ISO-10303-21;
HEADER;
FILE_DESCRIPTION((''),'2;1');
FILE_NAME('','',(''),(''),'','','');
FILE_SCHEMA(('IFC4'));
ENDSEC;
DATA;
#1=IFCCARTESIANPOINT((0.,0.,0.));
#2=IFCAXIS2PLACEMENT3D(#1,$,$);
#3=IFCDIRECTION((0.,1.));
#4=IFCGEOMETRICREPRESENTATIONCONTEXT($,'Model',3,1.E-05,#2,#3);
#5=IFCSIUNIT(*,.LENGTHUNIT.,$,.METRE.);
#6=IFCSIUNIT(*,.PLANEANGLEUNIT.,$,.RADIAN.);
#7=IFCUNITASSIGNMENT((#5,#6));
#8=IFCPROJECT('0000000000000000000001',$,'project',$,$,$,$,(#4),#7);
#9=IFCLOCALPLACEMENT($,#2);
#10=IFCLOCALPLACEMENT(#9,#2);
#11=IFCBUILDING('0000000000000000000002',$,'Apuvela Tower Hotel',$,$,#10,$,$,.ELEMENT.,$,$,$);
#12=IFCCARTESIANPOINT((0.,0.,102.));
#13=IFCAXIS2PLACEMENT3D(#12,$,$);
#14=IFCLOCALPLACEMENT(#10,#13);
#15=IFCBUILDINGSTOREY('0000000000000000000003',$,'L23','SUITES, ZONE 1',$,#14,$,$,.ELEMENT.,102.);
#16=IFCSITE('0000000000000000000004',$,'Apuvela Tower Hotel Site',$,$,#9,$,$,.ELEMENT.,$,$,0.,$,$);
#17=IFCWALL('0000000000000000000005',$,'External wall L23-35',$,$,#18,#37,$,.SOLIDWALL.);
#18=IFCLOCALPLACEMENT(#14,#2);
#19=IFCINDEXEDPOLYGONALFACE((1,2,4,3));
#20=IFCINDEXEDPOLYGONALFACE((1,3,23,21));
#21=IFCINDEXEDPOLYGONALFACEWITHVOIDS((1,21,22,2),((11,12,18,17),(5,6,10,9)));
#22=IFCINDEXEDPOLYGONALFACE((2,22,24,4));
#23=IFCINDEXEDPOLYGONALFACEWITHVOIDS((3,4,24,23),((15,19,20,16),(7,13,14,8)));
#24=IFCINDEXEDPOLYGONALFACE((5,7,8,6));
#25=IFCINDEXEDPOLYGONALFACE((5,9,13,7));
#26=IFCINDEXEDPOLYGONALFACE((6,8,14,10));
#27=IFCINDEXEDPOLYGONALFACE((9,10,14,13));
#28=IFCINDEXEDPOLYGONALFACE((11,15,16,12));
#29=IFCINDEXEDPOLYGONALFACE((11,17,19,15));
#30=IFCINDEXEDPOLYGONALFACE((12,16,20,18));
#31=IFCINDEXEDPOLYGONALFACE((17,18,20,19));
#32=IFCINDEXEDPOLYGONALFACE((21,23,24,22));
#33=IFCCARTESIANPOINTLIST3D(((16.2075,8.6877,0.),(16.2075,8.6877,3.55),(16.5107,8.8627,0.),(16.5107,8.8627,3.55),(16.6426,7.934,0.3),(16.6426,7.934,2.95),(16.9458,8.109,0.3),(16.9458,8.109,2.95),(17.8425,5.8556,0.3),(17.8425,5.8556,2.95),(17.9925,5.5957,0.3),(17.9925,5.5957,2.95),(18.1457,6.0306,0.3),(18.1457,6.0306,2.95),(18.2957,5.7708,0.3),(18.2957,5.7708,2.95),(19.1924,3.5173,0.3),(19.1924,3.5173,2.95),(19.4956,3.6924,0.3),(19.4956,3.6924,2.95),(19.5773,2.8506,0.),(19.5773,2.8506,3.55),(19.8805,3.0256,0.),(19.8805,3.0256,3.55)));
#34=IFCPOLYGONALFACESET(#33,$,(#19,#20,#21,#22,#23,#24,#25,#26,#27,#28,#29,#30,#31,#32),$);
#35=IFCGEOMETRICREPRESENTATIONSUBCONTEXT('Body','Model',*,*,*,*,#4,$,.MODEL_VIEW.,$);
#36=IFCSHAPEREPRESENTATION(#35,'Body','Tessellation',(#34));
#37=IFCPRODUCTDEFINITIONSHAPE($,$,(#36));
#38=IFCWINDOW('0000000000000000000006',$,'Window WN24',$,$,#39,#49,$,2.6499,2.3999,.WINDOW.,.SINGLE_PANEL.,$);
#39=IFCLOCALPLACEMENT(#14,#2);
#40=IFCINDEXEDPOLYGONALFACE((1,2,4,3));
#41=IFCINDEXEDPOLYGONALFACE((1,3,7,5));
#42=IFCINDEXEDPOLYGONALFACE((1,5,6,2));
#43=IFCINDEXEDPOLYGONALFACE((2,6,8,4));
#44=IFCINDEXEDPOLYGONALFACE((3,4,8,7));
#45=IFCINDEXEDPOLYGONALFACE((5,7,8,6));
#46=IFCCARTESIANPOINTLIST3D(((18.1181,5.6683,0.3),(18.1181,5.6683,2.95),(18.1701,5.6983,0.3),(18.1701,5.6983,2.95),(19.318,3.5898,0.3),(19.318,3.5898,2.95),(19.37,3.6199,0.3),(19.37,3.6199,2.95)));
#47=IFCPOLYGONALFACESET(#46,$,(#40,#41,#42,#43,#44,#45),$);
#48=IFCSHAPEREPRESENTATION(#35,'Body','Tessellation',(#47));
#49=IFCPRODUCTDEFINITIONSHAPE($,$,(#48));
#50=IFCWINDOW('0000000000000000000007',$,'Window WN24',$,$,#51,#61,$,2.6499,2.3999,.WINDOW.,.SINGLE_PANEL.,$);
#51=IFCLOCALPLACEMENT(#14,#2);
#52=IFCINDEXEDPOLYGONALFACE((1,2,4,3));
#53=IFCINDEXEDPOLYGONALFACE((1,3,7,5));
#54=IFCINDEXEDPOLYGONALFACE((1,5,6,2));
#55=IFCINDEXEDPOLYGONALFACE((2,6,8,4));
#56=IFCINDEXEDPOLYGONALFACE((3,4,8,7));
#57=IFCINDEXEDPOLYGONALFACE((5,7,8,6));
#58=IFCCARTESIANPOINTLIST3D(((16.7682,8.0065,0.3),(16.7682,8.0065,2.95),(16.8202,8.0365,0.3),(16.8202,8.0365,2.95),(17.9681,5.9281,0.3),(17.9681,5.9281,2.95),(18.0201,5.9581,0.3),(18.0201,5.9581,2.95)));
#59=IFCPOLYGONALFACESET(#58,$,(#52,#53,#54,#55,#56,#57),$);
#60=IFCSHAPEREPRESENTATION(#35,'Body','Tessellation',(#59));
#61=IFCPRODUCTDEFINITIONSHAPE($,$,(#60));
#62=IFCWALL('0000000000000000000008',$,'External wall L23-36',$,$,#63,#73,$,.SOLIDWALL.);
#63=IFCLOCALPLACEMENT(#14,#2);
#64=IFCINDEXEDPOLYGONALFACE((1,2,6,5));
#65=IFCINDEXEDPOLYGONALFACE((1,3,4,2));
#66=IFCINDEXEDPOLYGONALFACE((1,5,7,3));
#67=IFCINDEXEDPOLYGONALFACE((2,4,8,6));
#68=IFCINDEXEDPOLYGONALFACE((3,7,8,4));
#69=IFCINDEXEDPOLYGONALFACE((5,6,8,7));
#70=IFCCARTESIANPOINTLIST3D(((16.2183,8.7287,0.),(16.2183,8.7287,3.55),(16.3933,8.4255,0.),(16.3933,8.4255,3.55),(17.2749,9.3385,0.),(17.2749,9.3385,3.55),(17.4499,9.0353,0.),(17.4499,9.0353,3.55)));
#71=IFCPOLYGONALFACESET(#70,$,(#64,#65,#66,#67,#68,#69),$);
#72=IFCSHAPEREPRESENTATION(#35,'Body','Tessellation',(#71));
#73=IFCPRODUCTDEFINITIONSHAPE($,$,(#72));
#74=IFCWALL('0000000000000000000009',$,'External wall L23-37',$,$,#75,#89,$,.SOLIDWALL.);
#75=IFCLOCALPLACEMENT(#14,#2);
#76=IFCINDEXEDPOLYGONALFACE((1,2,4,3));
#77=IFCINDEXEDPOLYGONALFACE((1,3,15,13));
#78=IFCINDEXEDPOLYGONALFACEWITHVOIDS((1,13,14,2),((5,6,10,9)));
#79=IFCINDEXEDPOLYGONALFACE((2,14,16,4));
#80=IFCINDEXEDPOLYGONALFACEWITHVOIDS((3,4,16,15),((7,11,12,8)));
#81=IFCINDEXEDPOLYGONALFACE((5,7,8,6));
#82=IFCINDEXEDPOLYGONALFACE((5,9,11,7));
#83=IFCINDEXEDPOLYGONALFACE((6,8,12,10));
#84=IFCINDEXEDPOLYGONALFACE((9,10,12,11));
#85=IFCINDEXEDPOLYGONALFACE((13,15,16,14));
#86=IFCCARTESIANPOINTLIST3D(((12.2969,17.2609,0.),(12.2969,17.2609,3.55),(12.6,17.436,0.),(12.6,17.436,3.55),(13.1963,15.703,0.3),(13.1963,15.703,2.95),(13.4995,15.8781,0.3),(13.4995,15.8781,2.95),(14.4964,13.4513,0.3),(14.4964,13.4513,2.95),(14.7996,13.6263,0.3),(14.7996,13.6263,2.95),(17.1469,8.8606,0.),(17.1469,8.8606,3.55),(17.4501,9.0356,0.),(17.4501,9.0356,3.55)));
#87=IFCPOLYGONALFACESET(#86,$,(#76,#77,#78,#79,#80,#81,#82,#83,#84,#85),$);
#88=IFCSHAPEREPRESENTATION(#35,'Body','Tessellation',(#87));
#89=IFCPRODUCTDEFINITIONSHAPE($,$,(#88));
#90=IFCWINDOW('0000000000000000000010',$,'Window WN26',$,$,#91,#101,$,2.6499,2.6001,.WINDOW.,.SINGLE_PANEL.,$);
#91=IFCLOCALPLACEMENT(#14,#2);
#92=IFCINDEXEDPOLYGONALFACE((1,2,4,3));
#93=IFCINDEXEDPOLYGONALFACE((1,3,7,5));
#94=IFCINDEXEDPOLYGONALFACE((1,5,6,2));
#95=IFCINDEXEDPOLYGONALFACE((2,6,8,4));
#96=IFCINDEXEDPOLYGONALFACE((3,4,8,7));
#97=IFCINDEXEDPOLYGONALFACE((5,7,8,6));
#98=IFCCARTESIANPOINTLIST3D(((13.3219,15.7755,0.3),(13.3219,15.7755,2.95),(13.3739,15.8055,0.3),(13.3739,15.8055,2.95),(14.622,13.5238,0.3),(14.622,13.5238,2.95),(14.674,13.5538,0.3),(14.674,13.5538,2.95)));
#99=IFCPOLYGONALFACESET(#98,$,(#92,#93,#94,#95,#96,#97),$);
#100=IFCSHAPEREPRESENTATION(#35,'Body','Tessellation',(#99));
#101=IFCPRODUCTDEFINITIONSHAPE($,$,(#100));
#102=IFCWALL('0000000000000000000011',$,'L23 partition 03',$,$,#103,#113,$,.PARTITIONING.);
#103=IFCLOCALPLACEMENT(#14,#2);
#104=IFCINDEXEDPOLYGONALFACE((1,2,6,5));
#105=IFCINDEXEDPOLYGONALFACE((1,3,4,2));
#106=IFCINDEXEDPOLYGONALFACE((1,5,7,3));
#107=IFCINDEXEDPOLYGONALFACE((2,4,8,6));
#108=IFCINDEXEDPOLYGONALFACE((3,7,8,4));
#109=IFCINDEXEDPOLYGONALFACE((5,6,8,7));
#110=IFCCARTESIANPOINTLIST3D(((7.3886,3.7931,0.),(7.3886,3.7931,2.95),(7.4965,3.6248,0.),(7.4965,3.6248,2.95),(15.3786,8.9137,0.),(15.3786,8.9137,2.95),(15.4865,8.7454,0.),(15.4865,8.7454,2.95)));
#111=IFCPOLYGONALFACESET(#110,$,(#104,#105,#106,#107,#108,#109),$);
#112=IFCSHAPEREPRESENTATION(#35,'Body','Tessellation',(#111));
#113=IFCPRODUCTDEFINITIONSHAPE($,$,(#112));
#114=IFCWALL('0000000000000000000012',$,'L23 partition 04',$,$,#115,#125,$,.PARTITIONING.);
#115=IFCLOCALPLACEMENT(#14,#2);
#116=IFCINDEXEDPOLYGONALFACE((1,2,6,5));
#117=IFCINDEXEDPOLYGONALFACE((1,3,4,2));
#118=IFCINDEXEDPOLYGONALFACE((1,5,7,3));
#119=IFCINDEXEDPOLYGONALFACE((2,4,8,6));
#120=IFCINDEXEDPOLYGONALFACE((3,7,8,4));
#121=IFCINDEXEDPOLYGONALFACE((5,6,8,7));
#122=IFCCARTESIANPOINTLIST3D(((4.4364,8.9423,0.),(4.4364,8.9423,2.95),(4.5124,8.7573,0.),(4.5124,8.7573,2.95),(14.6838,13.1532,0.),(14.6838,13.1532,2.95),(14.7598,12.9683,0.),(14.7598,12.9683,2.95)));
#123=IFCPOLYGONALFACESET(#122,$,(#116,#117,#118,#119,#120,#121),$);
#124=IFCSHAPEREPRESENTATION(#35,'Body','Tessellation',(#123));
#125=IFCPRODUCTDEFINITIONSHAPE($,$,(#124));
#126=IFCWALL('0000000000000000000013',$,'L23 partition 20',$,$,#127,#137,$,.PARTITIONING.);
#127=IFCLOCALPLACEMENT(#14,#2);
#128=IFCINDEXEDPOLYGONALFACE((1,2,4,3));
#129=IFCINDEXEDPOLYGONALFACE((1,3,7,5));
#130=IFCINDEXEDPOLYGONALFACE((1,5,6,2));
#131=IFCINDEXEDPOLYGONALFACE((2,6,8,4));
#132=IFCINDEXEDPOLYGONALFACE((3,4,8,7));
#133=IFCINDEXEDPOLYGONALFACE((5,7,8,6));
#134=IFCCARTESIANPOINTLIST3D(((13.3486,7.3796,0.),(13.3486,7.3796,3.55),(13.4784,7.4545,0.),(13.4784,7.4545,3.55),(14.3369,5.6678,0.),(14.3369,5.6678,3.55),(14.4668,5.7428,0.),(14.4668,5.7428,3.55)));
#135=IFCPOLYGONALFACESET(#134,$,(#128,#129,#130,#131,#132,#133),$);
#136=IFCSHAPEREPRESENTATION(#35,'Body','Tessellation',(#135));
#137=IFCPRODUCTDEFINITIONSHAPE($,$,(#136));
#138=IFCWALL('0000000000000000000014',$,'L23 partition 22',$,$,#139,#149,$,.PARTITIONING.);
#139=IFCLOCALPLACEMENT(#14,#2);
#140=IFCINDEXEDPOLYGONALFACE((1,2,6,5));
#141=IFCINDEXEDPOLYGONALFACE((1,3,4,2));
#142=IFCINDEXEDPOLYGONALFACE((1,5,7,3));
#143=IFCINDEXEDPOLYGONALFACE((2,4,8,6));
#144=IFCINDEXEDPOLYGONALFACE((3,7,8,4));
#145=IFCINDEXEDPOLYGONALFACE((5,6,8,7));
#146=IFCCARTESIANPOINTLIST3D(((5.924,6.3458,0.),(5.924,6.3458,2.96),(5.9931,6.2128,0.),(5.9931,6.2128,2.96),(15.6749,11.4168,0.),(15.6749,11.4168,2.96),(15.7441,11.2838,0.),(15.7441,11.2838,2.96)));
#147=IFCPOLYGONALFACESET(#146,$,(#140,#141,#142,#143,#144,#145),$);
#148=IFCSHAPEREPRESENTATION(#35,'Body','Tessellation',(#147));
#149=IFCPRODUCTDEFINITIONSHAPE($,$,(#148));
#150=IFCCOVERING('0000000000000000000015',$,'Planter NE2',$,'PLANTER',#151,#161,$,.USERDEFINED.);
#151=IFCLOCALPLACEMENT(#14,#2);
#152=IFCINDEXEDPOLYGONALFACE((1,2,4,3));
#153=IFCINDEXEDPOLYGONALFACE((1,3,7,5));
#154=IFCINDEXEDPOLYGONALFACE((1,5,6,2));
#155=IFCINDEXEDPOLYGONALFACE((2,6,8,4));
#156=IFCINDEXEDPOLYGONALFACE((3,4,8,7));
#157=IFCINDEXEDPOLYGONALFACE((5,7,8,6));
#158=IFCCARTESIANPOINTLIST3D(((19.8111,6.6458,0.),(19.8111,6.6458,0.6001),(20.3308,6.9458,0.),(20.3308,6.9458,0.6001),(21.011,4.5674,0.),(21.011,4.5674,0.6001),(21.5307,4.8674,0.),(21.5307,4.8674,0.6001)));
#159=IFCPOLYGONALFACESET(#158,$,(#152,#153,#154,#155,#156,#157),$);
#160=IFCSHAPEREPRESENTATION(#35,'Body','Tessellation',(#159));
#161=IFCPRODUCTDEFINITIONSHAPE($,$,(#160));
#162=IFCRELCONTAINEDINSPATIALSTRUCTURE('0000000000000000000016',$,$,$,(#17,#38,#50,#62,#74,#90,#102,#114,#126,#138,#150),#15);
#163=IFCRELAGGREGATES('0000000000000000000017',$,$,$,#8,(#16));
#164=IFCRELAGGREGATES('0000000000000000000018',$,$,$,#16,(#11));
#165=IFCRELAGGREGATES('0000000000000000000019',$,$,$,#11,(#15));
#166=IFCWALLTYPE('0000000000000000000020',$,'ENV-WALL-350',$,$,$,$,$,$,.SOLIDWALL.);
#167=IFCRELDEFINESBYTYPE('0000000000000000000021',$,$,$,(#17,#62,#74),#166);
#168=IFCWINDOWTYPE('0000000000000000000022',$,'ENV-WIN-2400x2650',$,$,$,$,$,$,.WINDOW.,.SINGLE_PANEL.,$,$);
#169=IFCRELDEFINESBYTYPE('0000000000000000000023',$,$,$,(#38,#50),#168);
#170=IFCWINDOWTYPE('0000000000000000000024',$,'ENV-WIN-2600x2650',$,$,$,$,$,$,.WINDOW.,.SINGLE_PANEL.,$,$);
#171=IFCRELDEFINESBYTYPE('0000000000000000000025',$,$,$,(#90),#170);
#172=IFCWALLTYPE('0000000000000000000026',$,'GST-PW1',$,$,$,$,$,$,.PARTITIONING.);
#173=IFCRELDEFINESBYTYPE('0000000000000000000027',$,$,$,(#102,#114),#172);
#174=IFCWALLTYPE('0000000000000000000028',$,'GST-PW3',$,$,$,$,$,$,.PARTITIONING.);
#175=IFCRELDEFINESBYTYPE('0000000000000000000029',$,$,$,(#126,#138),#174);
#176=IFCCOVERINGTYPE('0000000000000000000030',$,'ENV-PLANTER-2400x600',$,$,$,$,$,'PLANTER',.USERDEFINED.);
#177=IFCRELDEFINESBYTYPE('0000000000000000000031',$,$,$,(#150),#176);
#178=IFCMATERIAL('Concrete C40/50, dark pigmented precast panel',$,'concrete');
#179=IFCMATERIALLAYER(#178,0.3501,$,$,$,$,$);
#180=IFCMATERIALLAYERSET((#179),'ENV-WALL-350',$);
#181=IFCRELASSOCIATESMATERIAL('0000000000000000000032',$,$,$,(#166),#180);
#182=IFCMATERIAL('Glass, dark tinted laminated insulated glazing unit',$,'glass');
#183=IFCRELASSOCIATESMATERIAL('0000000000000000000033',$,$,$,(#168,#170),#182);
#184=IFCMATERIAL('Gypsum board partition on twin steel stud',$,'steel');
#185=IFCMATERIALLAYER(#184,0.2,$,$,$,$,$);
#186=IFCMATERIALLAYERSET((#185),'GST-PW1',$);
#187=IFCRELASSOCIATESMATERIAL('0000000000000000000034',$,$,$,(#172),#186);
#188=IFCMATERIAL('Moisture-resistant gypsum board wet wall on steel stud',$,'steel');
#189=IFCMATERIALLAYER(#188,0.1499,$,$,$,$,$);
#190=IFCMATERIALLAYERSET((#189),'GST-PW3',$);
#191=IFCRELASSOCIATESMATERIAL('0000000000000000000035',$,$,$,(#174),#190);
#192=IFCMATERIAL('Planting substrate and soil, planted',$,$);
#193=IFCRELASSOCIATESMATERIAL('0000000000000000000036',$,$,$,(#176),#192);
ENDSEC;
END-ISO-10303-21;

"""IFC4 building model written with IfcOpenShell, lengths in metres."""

from ifc_helpers import new_model, si_unit, direction, frame, frame_2d, origin, origin_2d, place, context, subcontext, project, spatial, rectangle, extrude, material, layer, layer_set, type_object, element, fill, save


model = new_model("IFC4")

# Units and contexts
model_context = context("Model", 3, precision=1e-05, world=origin(), true_north=direction((0.0, 1.0)))
body_context = subcontext(model_context, "Body", "Model", "MODEL_VIEW")
ifc_project = project(units=[si_unit("LENGTHUNIT", "METRE"), si_unit("PLANEANGLEUNIT", "RADIAN")], contexts=[model_context])

# Site, building, storey
site_placement = place(None, origin())
site = spatial("IfcSite", under=ifc_project, at=site_placement, Name="Apuvela Tower Hotel Site", CompositionType="ELEMENT", RefElevation=0.0)
building_placement = place(site_placement, origin())
building = spatial("IfcBuilding", under=site, at=building_placement, Name="Apuvela Tower Hotel", CompositionType="ELEMENT")
storey_placement = place(building_placement, frame((0.0, 0.0, 102.0)))
storey = spatial("IfcBuildingStorey", under=building, at=storey_placement, Name="L23", Description="SUITES, ZONE 1", CompositionType="ELEMENT", Elevation=102.0)

# Shared definitions
ifc_material_1 = material(Name="Concrete C40/50, dark pigmented precast panel", Category="concrete")
ifc_layer_1 = layer(ifc_material_1, 0.3501)
ifc_layer_set_1 = layer_set([ifc_layer_1], Name="ENV-WALL-350")
wall_type_1 = type_object("IfcWallType", Name="ENV-WALL-350", PredefinedType="SOLIDWALL", material=ifc_layer_set_1)

# Wall, openings, windows
wall_1_placement = place(storey_placement, frame((19.729, 2.938, 0.0), z_axis=(0.0, 0.0, 1.0), x_axis=(-0.499976, 0.866039, 0.0)))
wall_1 = element("IfcWall", 1, at=wall_1_placement, inside=storey, type_object=wall_type_1, Name="External wall L23-35", PredefinedType="SOLIDWALL", context=body_context, shape_type="SweptSolid", body=[
    extrude(rectangle(XDim=6.74, YDim=0.3501, at=frame_2d((3.3701, 0.0))), origin(), (0.0, 0.0, 1.0), 3.55),
])
opening_1_placement = place(wall_1_placement, frame((0.77, 0.0, 0.3)))
opening_1 = element("IfcOpeningElement", 2, at=opening_1_placement, cuts=wall_1, PredefinedType="OPENING", context=body_context, shape_type="SweptSolid", body=[
    extrude(rectangle(XDim=2.3999, YDim=2.6499, at=frame_2d((1.2, 1.325))), frame((0.0, 0.1851, 0.0), z_axis=(0.0, -1.0, 0.0), x_axis=(1.0, 0.0, 0.0)), (0.0, 0.0, 1.0), 0.3701),
])
opening_2_placement = place(wall_1_placement, frame((3.47, 0.0, 0.3)))
opening_2 = element("IfcOpeningElement", 3, at=opening_2_placement, cuts=wall_1, PredefinedType="OPENING", context=body_context, shape_type="SweptSolid", body=[
    extrude(rectangle(XDim=2.3999, YDim=2.6499, at=frame_2d((1.2, 1.325))), frame((0.0, 0.1851, 0.0), z_axis=(0.0, -1.0, 0.0), x_axis=(1.0, 0.0, 0.0)), (0.0, 0.0, 1.0), 0.3701),
])
ifc_material_2 = material(Name="Glass, dark tinted laminated insulated glazing unit", Category="glass")
window_type_1 = type_object("IfcWindowType", Name="ENV-WIN-2400x2650", PartitioningType="SINGLE_PANEL", PredefinedType="WINDOW", material=ifc_material_2)
window_1_placement = place(opening_1_placement, origin())
window_1 = element("IfcWindow", 4, at=window_1_placement, inside=storey, type_object=window_type_1, Name="Window WN24", OverallHeight=2.6499, OverallWidth=2.3999, PartitioningType="SINGLE_PANEL", PredefinedType="WINDOW", context=body_context, shape_type="SweptSolid", body=[
    extrude(rectangle(XDim=2.3999, YDim=2.6499, at=frame_2d((1.2, 1.325))), frame((0.0, 0.03, 0.0), z_axis=(0.0, -1.0, 0.0), x_axis=(1.0, 0.0, 0.0)), (0.0, 0.0, 1.0), 0.0601),
])
fill(opening_1, window_1)
window_2_placement = place(opening_2_placement, origin())
window_2 = element("IfcWindow", 5, at=window_2_placement, inside=storey, type_object=window_type_1, Name="Window WN24", OverallHeight=2.6499, OverallWidth=2.3999, PartitioningType="SINGLE_PANEL", PredefinedType="WINDOW", context=body_context, shape_type="SweptSolid", body=[
    extrude(rectangle(XDim=2.3999, YDim=2.6499, at=frame_2d((1.2, 1.325))), frame((0.0, 0.03, 0.0), z_axis=(0.0, -1.0, 0.0), x_axis=(1.0, 0.0, 0.0)), (0.0, 0.0, 1.0), 0.0601),
])
fill(opening_2, window_2)

# Wall
wall_2_placement = place(storey_placement, frame((16.3059, 8.5771, 0.0), z_axis=(0.0, 0.0, 1.0), x_axis=(0.866092, 0.499884, 0.0)))
element("IfcWall", 6, at=wall_2_placement, inside=storey, type_object=wall_type_1, Name="External wall L23-36", PredefinedType="SOLIDWALL", context=body_context, shape_type="SweptSolid", body=[
    extrude(rectangle(XDim=1.22, YDim=0.3501, at=frame_2d((0.6099, 0.0))), origin(), (0.0, 0.0, 1.0), 3.55),
])

# Wall, opening, window
wall_3_placement = place(storey_placement, frame((17.2986, 8.948, 0.0), z_axis=(0.0, 0.0, 1.0), x_axis=(-0.50001, 0.86602, 0.0)))
wall_3 = element("IfcWall", 7, at=wall_3_placement, inside=storey, type_object=wall_type_1, Name="External wall L23-37", PredefinedType="SOLIDWALL", context=body_context, shape_type="SweptSolid", body=[
    extrude(rectangle(XDim=9.7, YDim=0.3501, at=frame_2d((4.8501, 0.0))), origin(), (0.0, 0.0, 1.0), 3.55),
])
opening_3_placement = place(wall_3_placement, frame((5.301, 0.0, 0.3)))
opening_3 = element("IfcOpeningElement", 8, at=opening_3_placement, cuts=wall_3, PredefinedType="OPENING", context=body_context, shape_type="SweptSolid", body=[
    extrude(rectangle(XDim=2.6001, YDim=2.6499, at=frame_2d((1.3, 1.325))), frame((0.0, 0.1851, 0.0), z_axis=(0.0, -1.0, 0.0), x_axis=(1.0, 0.0, 0.0)), (0.0, 0.0, 1.0), 0.3701),
])
window_type_2 = type_object("IfcWindowType", Name="ENV-WIN-2600x2650", PartitioningType="SINGLE_PANEL", PredefinedType="WINDOW", material=ifc_material_2)
window_3_placement = place(opening_3_placement, origin())
window_3 = element("IfcWindow", 9, at=window_3_placement, inside=storey, type_object=window_type_2, Name="Window WN26", OverallHeight=2.6499, OverallWidth=2.6001, PartitioningType="SINGLE_PANEL", PredefinedType="WINDOW", context=body_context, shape_type="SweptSolid", body=[
    extrude(rectangle(XDim=2.6001, YDim=2.6499, at=frame_2d((1.3, 1.325))), frame((0.0, 0.03, 0.0), z_axis=(0.0, -1.0, 0.0), x_axis=(1.0, 0.0, 0.0)), (0.0, 0.0, 1.0), 0.0601),
])
fill(opening_3, window_3)

# Walls
ifc_material_3 = material(Name="Gypsum board partition on twin steel stud", Category="steel")
ifc_layer_2 = layer(ifc_material_3, 0.2)
ifc_layer_set_2 = layer_set([ifc_layer_2], Name="GST-PW1")
wall_type_2 = type_object("IfcWallType", Name="GST-PW1", PredefinedType="PARTITIONING", material=ifc_layer_set_2)
wall_4_placement = place(storey_placement, frame((15.4326, 8.8296, 0.0), z_axis=(0.0, 0.0, 1.0), x_axis=(-0.841936, -0.539578, 0.0)))
element("IfcWall", 10, at=wall_4_placement, inside=storey, type_object=wall_type_2, Name="L23 partition 03", PredefinedType="PARTITIONING", context=body_context, shape_type="SweptSolid", body=[
    extrude(rectangle(XDim=9.49, YDim=0.2, at=frame_2d((4.7451, 0.0))), origin(), (0.0, 0.0, 1.0), 2.95),
])
wall_5_placement = place(storey_placement, frame((14.7219, 13.0608, 0.0), z_axis=(0.0, 0.0, 1.0), x_axis=(-0.924949, -0.38009, 0.0)))
element("IfcWall", 11, at=wall_5_placement, inside=storey, type_object=wall_type_2, Name="L23 partition 04", PredefinedType="PARTITIONING", context=body_context, shape_type="SweptSolid", body=[
    extrude(rectangle(XDim=11.0789, YDim=0.2, at=frame_2d((5.5396, 0.0))), origin(), (0.0, 0.0, 1.0), 2.95),
])
ifc_material_4 = material(Name="Moisture-resistant gypsum board wet wall on steel stud", Category="steel")
ifc_layer_3 = layer(ifc_material_4, 0.1499)
ifc_layer_set_3 = layer_set([ifc_layer_3], Name="GST-PW3")
wall_type_3 = type_object("IfcWallType", Name="GST-PW3", PredefinedType="PARTITIONING", material=ifc_layer_set_3)
wall_6_placement = place(storey_placement, frame((14.4019, 5.7053, 0.0), z_axis=(0.0, 0.0, 1.0), x_axis=(-0.500018, 0.866015, 0.0)))
element("IfcWall", 12, at=wall_6_placement, inside=storey, type_object=wall_type_3, Name="L23 partition 20", PredefinedType="PARTITIONING", context=body_context, shape_type="SweptSolid", body=[
    extrude(rectangle(XDim=1.9766, YDim=0.1499, at=frame_2d((0.9883, 0.0))), origin(), (0.0, 0.0, 1.0), 3.55),
])
wall_7_placement = place(storey_placement, frame((15.7095, 11.3503, 0.0), z_axis=(0.0, 0.0, 1.0), x_axis=(-0.887197, -0.461391, 0.0)))
element("IfcWall", 13, at=wall_7_placement, inside=storey, type_object=wall_type_3, Name="L23 partition 22", PredefinedType="PARTITIONING", context=body_context, shape_type="SweptSolid", body=[
    extrude(rectangle(XDim=10.9907, YDim=0.1499, at=frame_2d((5.4954, 0.0))), origin(), (0.0, 0.0, 1.0), 2.96),
])

# Covering
ifc_material_5 = material(Name="Planting substrate and soil, planted")
covering_type = type_object("IfcCoveringType", Name="ENV-PLANTER-2400x600", ElementType="PLANTER", PredefinedType="USERDEFINED", material=ifc_material_5)
covering_placement = place(storey_placement, frame((20.6709, 5.7566, 0.0), z_axis=(0.0, 0.0, 1.0), x_axis=(-0.5, 0.866025, 0.0)))
element("IfcCovering", 14, at=covering_placement, inside=storey, type_object=covering_type, Name="Planter NE2", ObjectType="PLANTER", PredefinedType="USERDEFINED", context=body_context, shape_type="SweptSolid", body=[
    extrude(rectangle(XDim=2.3999, YDim=0.6001, at=origin_2d()), origin(), (0.0, 0.0, 1.0), 0.6001),
])

save(model, "model.ifc")
